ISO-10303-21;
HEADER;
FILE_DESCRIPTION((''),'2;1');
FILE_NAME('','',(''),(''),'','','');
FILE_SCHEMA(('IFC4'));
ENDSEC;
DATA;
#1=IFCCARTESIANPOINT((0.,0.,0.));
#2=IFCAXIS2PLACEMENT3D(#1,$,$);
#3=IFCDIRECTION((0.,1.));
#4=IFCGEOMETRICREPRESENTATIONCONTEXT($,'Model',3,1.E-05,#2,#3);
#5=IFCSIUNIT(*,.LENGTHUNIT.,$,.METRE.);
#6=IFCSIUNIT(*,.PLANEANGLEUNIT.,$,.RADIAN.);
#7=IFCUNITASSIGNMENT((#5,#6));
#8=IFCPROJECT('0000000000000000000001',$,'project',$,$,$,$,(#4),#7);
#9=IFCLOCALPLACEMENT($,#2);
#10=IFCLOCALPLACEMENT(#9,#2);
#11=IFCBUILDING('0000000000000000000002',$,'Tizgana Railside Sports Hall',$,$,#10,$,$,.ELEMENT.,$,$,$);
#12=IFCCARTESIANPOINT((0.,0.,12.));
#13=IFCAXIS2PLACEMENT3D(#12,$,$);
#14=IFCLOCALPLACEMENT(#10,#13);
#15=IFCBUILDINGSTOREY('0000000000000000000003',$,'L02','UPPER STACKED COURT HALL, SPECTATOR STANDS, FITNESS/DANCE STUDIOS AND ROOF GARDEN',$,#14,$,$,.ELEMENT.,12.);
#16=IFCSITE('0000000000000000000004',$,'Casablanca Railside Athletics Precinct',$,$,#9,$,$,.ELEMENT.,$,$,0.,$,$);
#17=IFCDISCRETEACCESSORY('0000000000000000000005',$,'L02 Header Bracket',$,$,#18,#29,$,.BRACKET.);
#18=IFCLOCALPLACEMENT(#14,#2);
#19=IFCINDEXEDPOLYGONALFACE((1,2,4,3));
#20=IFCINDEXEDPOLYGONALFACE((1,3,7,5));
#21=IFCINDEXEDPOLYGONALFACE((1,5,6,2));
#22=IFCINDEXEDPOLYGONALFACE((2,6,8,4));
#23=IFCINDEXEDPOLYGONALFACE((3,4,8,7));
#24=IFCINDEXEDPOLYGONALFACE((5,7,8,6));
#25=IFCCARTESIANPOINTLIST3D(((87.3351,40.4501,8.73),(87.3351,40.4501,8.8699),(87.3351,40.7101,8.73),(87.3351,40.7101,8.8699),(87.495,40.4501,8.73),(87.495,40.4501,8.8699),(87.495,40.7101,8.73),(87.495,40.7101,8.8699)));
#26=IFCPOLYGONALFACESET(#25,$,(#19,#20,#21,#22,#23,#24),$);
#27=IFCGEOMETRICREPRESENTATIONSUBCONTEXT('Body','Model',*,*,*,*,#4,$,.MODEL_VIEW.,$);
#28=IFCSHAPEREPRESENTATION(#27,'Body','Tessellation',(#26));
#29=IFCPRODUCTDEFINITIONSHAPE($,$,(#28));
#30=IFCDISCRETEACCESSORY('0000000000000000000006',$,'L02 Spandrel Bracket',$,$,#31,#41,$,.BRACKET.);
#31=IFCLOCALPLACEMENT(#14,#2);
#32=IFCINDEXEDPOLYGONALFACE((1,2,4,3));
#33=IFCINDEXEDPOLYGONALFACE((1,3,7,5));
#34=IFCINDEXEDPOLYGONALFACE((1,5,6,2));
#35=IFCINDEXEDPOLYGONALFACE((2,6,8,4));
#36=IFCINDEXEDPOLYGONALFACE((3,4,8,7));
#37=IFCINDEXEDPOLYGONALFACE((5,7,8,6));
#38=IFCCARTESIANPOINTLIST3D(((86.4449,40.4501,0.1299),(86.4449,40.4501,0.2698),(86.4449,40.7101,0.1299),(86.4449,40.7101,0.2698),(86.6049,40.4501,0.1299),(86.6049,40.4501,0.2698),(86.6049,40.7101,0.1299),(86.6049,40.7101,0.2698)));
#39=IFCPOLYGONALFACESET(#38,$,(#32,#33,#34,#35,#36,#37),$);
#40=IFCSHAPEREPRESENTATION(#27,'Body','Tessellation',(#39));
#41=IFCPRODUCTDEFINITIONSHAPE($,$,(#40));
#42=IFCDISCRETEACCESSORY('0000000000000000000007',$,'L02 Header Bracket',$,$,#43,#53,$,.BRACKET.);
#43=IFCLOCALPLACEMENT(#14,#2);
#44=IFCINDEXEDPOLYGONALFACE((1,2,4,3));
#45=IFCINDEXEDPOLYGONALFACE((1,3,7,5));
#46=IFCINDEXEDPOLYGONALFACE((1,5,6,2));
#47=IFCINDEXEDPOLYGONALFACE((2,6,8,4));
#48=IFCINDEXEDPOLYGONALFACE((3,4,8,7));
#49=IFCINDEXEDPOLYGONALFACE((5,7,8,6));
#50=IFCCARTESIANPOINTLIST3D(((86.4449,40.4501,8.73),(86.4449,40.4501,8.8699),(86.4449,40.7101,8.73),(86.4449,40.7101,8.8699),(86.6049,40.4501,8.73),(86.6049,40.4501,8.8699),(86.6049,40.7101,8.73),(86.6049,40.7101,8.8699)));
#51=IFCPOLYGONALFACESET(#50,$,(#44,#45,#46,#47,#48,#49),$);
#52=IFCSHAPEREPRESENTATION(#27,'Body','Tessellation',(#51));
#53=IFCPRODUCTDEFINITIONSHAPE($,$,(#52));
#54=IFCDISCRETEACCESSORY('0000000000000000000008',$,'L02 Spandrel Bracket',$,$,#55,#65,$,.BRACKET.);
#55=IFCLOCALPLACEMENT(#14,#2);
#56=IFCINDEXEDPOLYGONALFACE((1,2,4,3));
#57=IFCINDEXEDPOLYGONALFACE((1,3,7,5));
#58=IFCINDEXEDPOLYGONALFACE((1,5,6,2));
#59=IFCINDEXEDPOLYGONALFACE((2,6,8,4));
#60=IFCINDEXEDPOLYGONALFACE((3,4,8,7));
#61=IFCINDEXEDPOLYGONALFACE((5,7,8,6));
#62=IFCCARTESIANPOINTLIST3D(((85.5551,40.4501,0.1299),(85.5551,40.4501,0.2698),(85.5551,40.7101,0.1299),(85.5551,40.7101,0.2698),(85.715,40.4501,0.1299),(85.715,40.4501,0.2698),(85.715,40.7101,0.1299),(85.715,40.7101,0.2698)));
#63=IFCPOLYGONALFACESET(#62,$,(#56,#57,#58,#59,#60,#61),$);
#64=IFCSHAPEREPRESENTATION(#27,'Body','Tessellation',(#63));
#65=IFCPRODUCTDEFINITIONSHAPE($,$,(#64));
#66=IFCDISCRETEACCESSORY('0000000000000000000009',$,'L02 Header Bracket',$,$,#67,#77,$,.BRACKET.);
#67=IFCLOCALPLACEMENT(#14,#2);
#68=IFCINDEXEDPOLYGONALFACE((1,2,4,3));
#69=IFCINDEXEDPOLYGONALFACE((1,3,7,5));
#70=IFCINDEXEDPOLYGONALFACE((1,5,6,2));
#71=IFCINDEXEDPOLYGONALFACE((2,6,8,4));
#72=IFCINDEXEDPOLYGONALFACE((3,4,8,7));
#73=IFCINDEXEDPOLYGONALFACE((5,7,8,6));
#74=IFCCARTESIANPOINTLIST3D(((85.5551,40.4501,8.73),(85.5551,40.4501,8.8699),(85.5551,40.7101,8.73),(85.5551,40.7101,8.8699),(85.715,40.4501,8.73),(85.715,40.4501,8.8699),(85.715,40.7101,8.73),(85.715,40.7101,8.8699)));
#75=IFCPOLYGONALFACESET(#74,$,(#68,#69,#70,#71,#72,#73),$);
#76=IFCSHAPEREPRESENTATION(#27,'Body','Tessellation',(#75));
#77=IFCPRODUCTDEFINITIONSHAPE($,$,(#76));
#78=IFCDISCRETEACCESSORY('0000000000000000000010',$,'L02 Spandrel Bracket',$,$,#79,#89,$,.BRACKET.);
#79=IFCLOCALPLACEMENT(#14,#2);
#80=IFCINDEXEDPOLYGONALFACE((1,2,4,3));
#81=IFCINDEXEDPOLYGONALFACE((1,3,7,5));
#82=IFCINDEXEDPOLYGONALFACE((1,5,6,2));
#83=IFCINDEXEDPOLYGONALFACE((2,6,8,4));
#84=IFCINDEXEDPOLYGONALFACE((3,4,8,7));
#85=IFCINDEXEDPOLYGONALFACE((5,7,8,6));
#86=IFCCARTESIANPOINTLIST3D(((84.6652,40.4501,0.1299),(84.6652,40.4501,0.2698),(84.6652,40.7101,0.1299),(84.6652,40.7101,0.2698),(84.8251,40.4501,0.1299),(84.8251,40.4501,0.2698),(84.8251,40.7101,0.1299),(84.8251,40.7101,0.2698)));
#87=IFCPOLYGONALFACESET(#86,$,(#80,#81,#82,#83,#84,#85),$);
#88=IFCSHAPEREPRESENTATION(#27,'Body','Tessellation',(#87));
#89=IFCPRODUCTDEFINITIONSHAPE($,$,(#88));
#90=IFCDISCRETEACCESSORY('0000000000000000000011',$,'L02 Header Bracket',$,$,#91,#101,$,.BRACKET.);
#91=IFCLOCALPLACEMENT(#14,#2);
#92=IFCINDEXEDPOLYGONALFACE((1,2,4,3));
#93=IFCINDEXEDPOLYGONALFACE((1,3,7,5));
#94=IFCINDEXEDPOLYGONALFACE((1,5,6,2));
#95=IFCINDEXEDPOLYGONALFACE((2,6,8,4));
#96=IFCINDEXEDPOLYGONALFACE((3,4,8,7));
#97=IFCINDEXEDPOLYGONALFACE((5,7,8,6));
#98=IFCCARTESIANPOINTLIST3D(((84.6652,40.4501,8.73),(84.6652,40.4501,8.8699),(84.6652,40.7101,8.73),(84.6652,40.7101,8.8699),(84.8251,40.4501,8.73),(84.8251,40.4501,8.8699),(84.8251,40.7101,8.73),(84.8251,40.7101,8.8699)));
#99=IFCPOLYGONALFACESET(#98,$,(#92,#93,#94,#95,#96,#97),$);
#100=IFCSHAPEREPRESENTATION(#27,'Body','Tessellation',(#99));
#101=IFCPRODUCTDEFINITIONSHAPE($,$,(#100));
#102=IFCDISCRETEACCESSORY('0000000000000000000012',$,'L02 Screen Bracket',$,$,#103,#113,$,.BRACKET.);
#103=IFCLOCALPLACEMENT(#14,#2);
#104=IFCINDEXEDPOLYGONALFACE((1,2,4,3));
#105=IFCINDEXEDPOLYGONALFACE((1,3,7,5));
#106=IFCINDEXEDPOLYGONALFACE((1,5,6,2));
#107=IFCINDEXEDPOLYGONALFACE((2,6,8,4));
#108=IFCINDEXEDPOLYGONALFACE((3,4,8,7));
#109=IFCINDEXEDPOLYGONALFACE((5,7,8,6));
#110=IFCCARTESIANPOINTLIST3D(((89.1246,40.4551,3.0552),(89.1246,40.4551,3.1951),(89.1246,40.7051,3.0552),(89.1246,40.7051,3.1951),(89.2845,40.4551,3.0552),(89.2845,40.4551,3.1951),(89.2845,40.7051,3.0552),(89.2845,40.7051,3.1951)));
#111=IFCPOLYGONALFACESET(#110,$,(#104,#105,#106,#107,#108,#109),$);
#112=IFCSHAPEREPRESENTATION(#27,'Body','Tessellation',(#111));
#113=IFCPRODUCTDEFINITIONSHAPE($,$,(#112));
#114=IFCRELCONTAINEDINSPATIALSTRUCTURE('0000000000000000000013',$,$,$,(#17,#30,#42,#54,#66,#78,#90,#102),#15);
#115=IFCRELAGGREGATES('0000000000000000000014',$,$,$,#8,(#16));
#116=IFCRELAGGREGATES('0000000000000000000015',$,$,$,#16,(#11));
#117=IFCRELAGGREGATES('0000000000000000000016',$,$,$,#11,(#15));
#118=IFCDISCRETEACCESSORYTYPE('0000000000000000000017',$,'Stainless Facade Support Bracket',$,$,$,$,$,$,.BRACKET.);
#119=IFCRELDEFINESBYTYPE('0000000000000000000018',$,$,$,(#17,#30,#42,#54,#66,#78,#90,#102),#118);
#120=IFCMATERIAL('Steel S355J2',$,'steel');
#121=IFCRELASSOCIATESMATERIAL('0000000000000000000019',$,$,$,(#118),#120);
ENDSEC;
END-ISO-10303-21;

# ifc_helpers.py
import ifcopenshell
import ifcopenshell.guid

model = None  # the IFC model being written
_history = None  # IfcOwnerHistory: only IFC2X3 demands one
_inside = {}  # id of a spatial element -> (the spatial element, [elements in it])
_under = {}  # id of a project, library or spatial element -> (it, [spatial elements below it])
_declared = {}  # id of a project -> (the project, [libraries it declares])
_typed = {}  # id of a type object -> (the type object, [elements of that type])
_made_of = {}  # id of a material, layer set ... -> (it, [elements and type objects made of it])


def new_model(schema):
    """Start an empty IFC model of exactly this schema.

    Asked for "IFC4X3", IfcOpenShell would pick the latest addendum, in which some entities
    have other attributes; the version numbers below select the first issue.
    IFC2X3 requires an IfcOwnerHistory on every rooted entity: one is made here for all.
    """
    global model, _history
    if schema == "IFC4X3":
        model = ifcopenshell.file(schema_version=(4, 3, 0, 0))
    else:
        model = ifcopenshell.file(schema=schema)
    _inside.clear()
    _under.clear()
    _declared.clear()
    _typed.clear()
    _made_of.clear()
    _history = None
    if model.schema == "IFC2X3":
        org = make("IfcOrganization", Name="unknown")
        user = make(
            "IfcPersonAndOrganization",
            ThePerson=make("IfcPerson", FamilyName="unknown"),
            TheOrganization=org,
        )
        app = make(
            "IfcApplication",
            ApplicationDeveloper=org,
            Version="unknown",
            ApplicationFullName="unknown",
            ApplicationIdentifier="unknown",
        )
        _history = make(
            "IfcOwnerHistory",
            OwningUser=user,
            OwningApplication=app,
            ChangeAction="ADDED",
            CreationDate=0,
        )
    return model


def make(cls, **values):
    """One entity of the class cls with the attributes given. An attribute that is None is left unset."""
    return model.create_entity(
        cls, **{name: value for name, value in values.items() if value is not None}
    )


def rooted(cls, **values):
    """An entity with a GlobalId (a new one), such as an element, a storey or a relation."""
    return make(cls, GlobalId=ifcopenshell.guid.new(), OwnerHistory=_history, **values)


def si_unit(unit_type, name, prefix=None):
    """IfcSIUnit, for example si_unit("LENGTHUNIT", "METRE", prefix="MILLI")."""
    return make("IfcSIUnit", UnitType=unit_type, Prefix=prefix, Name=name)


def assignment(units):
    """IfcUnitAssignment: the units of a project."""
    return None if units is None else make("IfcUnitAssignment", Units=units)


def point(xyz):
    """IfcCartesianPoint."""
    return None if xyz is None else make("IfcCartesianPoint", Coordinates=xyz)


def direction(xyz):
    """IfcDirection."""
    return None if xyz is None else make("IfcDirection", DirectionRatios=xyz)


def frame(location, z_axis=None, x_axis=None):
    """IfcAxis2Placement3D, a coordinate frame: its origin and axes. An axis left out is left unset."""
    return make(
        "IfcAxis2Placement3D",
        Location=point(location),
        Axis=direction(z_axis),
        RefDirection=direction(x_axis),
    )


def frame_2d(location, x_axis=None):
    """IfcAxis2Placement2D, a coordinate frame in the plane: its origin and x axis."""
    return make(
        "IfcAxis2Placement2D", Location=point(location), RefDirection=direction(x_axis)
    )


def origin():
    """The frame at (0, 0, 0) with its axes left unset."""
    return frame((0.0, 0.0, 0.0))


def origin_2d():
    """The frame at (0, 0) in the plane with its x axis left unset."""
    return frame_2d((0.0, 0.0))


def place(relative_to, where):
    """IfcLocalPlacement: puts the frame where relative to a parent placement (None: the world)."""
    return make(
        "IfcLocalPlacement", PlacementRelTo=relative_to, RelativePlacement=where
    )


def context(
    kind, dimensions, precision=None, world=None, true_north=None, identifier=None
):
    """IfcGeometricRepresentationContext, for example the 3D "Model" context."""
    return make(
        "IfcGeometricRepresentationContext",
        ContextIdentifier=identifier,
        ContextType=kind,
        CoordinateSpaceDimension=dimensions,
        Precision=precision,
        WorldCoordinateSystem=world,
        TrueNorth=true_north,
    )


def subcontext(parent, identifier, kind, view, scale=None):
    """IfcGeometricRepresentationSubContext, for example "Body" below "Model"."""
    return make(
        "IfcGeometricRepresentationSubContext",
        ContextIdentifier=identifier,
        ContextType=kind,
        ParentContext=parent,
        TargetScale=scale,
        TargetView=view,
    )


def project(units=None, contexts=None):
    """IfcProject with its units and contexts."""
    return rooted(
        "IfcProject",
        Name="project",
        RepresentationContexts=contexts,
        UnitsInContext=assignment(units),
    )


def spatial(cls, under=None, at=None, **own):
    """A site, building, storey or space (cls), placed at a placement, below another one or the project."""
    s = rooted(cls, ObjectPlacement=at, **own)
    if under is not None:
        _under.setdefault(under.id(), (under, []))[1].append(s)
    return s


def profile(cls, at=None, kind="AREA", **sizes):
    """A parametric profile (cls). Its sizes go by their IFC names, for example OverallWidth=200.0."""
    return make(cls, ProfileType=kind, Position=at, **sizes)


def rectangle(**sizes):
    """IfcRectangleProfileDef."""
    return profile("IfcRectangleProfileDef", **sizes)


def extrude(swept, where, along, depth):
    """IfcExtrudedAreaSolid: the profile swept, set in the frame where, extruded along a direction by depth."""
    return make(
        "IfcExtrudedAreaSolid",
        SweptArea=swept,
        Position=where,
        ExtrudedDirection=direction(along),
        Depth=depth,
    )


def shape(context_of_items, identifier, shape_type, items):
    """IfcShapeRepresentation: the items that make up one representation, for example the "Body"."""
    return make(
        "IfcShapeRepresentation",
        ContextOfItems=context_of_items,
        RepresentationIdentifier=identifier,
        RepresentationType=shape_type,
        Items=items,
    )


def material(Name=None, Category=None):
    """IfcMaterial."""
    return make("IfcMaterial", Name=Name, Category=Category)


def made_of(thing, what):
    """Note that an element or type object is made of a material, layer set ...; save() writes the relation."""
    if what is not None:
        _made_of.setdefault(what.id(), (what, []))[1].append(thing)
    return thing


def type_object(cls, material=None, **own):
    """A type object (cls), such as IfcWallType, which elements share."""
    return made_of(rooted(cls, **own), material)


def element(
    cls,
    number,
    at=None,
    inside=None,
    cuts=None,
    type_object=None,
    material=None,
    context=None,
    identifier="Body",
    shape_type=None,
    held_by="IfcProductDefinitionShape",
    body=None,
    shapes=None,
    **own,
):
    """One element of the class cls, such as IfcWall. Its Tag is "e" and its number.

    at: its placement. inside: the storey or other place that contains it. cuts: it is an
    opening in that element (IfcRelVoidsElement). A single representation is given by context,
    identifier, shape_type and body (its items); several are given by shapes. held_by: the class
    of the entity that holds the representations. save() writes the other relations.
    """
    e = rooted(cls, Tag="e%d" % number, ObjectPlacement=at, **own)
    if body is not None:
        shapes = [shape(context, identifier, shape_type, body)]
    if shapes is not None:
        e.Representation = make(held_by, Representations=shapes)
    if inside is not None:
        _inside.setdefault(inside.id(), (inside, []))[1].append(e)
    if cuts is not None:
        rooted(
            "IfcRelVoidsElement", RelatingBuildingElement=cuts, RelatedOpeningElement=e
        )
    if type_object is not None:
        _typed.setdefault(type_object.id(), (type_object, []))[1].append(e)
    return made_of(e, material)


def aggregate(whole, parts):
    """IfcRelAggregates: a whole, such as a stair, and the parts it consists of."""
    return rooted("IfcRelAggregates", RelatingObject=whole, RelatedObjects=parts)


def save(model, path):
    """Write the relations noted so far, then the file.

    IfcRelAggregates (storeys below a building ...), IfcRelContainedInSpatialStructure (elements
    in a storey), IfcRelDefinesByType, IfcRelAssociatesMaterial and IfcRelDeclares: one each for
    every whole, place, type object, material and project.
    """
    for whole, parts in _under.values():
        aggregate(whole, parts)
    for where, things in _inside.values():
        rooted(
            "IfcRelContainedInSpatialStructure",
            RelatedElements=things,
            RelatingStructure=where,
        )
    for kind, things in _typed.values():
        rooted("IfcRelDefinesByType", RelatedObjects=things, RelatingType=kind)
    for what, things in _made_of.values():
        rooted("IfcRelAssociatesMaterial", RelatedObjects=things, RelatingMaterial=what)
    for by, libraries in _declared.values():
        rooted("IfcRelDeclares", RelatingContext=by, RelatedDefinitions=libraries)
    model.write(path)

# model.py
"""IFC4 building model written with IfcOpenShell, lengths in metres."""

from ifc_helpers import new_model, si_unit, direction, frame, origin, origin_2d, place, context, subcontext, project, spatial, rectangle, extrude, material, type_object, element, save


model = new_model("IFC4")

# Units and contexts
model_context = context("Model", 3, precision=1e-05, world=origin(), true_north=direction((0.0, 1.0)))
body_context = subcontext(model_context, "Body", "Model", "MODEL_VIEW")
ifc_project = project(units=[si_unit("LENGTHUNIT", "METRE"), si_unit("PLANEANGLEUNIT", "RADIAN")], contexts=[model_context])

# Site, building, storey
site_placement = place(None, origin())
site = spatial("IfcSite", under=ifc_project, at=site_placement, Name="Casablanca Railside Athletics Precinct", CompositionType="ELEMENT", RefElevation=0.0)
building_placement = place(site_placement, origin())
building = spatial("IfcBuilding", under=site, at=building_placement, Name="Tizgana Railside Sports Hall", CompositionType="ELEMENT")
storey_placement = place(building_placement, frame((0.0, 0.0, 12.0)))
storey = spatial("IfcBuildingStorey", under=building, at=storey_placement, Name="L02", Description="UPPER STACKED COURT HALL, SPECTATOR STANDS, FITNESS/DANCE STUDIOS AND ROOF GARDEN", CompositionType="ELEMENT", Elevation=12.0)

# Discrete accessories
ifc_material_1 = material(Name="Steel S355J2", Category="steel")
discrete_accessory_type = type_object("IfcDiscreteAccessoryType", Name="Stainless Facade Support Bracket", PredefinedType="BRACKET", material=ifc_material_1)
for number, where, z_axis, x_axis, name in (
    (1, (87.415, 40.5801, 8.73), (0.0, 0.0, 1.0), (-1.0, 0.0, 0.0), "L02 Header Bracket"),
    (2, (86.5249, 40.5801, 0.1299), (0.0, 0.0, 1.0), (-1.0, 0.0, 0.0), "L02 Spandrel Bracket"),
    (3, (86.5249, 40.5801, 8.73), (0.0, 0.0, 1.0), (-1.0, 0.0, 0.0), "L02 Header Bracket"),
    (4, (85.635, 40.5801, 0.1299), (0.0, 0.0, 1.0), (-1.0, 0.0, 0.0), "L02 Spandrel Bracket"),
    (5, (85.635, 40.5801, 8.73), (0.0, 0.0, 1.0), (-1.0, 0.0, 0.0), "L02 Header Bracket"),
    (6, (84.7451, 40.5801, 0.1299), (0.0, 0.0, 1.0), (-1.0, 0.0, 0.0), "L02 Spandrel Bracket"),
    (7, (84.7451, 40.5801, 8.73), (0.0, 0.0, 1.0), (-1.0, 0.0, 0.0), "L02 Header Bracket"),
):
    element("IfcDiscreteAccessory", number, at=place(storey_placement, frame(where, z_axis=z_axis, x_axis=x_axis)), inside=storey, type_object=discrete_accessory_type, Name=name, PredefinedType="BRACKET", context=body_context, shape_type="SweptSolid", body=[
        extrude(rectangle(XDim=0.1599, YDim=0.26, at=origin_2d()), origin(), (0.0, 0.0, 1.0), 0.1399),
    ])
discrete_accessory_1_placement = place(storey_placement, frame((89.2046, 40.5801, 3.0552), z_axis=(0.0, 0.0, 1.0), x_axis=(-1.0, 0.0, 0.0)))
element("IfcDiscreteAccessory", 8, at=discrete_accessory_1_placement, inside=storey, type_object=discrete_accessory_type, Name="L02 Screen Bracket", PredefinedType="BRACKET", context=body_context, shape_type="SweptSolid", body=[
    extrude(rectangle(XDim=0.1599, YDim=0.25, at=origin_2d()), origin(), (0.0, 0.0, 1.0), 0.1399),
])

save(model, "model.ifc")
